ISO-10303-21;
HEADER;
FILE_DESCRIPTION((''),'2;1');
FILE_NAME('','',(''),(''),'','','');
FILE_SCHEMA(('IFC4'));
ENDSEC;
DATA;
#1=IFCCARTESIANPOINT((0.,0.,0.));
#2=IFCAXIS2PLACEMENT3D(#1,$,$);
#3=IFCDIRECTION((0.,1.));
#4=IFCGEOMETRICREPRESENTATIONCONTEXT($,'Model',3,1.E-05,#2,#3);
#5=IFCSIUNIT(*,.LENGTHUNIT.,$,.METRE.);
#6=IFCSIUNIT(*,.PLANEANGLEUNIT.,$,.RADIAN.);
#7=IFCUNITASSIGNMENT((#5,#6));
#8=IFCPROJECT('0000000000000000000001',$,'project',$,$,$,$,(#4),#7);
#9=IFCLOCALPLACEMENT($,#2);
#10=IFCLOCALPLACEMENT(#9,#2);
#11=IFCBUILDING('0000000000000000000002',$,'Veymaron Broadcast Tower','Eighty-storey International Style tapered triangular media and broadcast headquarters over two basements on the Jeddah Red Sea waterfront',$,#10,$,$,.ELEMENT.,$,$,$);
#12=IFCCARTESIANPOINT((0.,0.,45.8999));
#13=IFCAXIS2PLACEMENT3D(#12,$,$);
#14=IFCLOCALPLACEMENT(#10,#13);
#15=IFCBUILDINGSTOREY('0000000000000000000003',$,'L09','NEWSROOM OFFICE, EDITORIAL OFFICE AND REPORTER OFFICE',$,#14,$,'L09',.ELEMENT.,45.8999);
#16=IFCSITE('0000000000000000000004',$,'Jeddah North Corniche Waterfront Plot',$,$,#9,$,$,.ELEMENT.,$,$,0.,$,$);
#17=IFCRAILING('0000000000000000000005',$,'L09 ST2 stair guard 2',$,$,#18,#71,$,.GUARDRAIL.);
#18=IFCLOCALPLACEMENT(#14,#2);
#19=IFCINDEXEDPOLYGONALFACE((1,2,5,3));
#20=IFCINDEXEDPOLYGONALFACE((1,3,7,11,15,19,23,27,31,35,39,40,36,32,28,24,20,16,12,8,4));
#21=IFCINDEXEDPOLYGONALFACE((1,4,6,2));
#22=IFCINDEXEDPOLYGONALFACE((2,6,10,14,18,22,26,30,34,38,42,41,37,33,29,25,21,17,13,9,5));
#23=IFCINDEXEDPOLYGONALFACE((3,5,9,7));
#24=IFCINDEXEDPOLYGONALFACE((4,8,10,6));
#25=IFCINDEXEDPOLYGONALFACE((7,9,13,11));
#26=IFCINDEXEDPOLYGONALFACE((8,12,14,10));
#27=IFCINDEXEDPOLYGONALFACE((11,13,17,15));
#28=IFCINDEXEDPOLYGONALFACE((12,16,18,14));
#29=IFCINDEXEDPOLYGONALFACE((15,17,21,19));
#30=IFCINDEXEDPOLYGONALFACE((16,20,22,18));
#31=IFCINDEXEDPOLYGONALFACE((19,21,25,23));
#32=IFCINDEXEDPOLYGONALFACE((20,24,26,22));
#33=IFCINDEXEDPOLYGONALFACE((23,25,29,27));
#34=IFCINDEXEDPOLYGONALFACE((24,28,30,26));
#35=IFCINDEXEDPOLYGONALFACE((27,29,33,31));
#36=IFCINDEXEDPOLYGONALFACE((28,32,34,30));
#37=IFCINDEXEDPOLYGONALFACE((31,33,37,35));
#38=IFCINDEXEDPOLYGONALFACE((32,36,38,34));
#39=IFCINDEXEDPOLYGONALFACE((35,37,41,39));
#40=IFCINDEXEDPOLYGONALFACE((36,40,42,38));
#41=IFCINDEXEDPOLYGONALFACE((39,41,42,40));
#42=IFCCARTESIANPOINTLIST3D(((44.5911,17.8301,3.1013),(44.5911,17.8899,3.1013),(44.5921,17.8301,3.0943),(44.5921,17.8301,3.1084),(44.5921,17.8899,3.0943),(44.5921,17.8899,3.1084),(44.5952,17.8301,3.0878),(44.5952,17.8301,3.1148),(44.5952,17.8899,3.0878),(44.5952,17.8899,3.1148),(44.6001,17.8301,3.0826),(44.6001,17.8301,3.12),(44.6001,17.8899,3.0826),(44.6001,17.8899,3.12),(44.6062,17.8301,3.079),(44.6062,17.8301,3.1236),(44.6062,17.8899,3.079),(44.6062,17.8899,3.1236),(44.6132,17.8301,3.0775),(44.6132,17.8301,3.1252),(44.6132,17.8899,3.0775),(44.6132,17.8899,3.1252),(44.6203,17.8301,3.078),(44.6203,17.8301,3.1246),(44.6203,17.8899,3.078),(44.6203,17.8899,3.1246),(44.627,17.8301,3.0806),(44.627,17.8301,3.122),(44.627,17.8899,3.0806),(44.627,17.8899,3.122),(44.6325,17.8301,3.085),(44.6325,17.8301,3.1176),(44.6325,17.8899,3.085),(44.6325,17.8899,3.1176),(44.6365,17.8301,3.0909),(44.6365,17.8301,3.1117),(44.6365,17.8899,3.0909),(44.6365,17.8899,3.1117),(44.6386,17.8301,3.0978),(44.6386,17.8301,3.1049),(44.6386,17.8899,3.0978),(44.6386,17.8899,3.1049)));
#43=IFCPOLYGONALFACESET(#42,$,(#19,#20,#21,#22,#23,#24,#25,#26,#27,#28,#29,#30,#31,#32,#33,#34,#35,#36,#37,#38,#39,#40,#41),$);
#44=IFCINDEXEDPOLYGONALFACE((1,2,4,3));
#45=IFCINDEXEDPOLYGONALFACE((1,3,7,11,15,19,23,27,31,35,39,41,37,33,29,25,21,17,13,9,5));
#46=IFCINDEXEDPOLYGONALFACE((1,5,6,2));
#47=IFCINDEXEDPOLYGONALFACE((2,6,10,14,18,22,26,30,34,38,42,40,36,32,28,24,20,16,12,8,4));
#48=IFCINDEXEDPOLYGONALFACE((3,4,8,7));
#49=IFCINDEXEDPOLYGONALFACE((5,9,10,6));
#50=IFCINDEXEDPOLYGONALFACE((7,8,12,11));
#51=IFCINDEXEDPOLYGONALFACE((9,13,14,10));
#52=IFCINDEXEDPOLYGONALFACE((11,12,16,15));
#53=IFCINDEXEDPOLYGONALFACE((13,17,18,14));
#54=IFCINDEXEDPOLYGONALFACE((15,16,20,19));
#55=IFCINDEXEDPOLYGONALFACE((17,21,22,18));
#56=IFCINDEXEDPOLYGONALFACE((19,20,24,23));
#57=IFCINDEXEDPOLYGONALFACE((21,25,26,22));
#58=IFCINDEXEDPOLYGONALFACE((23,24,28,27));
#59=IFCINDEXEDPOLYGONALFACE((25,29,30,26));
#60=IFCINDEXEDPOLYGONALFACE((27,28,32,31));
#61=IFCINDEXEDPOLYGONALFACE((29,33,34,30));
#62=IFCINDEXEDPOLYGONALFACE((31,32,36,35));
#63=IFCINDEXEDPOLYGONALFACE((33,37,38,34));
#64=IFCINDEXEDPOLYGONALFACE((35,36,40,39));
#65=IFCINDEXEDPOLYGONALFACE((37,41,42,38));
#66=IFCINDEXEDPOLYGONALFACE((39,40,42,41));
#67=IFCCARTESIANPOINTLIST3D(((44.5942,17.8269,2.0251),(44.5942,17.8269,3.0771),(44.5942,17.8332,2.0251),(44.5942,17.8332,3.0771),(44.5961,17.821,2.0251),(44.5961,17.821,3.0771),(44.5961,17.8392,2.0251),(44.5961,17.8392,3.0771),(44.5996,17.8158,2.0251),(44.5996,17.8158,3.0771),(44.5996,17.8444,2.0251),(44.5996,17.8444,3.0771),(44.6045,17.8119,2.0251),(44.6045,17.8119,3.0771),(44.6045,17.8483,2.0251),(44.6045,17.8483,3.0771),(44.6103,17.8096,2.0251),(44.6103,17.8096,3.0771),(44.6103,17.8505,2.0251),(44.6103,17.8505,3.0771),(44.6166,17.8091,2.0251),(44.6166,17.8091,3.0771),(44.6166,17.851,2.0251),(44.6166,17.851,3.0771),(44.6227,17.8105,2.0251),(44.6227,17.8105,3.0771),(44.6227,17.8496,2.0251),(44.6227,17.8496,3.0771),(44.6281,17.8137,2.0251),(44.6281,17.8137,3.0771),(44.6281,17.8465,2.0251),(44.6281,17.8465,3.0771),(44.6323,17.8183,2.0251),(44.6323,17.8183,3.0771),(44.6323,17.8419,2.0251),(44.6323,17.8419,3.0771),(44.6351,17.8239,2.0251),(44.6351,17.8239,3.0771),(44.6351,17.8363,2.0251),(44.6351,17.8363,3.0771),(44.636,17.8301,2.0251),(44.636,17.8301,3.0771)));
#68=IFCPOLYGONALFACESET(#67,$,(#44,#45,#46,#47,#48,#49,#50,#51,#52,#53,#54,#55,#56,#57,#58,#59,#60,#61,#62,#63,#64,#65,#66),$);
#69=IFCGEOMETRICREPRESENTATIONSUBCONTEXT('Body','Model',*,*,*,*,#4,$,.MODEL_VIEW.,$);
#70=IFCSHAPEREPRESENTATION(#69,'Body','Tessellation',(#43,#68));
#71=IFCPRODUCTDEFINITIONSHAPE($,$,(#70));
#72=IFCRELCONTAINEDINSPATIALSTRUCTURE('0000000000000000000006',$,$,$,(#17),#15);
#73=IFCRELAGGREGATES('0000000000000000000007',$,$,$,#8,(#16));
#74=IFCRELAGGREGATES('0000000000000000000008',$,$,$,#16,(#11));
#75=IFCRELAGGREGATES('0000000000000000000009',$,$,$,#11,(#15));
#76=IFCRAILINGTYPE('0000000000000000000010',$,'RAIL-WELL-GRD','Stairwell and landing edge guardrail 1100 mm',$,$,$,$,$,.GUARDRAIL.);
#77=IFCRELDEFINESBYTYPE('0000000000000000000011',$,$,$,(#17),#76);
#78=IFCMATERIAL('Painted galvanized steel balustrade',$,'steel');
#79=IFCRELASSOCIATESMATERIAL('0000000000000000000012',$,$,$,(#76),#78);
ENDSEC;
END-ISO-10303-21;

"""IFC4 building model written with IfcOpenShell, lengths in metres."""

from ifc_helpers import new_model, si_unit, direction, frame, origin, origin_2d, place, context, subcontext, project, spatial, circle, extrude, material, type_object, element, save


model = new_model("IFC4")

# Units and contexts
model_context = context("Model", 3, precision=1e-05, world=origin(), true_north=direction((0.0, 1.0)))
body_context = subcontext(model_context, "Body", "Model", "MODEL_VIEW")
ifc_project = project(units=[si_unit("LENGTHUNIT", "METRE"), si_unit("PLANEANGLEUNIT", "RADIAN")], contexts=[model_context])

# Site, building, storey
site_placement = place(None, origin())
site = spatial("IfcSite", under=ifc_project, at=site_placement, Name="Jeddah North Corniche Waterfront Plot", CompositionType="ELEMENT", RefElevation=0.0)
building_placement = place(site_placement, origin())
building = spatial("IfcBuilding", under=site, at=building_placement, Name="Veymaron Broadcast Tower", Description="Eighty-storey International Style tapered triangular media and broadcast headquarters over two basements on the Jeddah Red Sea waterfront", CompositionType="ELEMENT")
storey_placement = place(building_placement, frame((0.0, 0.0, 45.8999)))
storey = spatial("IfcBuildingStorey", under=building, at=storey_placement, Name="L09", Description="NEWSROOM OFFICE, EDITORIAL OFFICE AND REPORTER OFFICE", LongName="L09", CompositionType="ELEMENT", Elevation=45.8999)

# Railing
ifc_material_1 = material(Name="Painted galvanized steel balustrade", Category="steel")
railing_type_1 = type_object("IfcRailingType", Name="RAIL-WELL-GRD", Description="Stairwell and landing edge guardrail 1100 mm", PredefinedType="GUARDRAIL", material=ifc_material_1)
railing_1_placement = place(storey_placement, frame((44.615, 17.8301, 2.0251)))
element("IfcRailing", 1, at=railing_1_placement, inside=storey, type_object=railing_type_1, Name="L09 ST2 stair guard 2", PredefinedType="GUARDRAIL", context=body_context, shape_type="SweptSolid", body=[
    extrude(circle(Radius=0.0239, at=origin_2d()), frame((0.0, 0.0, 1.0762), z_axis=(0.0, 1.0, 0.0), x_axis=(-1.0, 0.0, 0.0)), (0.0, 0.0, 1.0), 0.0598),
    extrude(circle(Radius=0.021, at=origin_2d()), origin(), (0.0, 0.0, 1.0), 1.052),
])

save(model, "model.ifc")
